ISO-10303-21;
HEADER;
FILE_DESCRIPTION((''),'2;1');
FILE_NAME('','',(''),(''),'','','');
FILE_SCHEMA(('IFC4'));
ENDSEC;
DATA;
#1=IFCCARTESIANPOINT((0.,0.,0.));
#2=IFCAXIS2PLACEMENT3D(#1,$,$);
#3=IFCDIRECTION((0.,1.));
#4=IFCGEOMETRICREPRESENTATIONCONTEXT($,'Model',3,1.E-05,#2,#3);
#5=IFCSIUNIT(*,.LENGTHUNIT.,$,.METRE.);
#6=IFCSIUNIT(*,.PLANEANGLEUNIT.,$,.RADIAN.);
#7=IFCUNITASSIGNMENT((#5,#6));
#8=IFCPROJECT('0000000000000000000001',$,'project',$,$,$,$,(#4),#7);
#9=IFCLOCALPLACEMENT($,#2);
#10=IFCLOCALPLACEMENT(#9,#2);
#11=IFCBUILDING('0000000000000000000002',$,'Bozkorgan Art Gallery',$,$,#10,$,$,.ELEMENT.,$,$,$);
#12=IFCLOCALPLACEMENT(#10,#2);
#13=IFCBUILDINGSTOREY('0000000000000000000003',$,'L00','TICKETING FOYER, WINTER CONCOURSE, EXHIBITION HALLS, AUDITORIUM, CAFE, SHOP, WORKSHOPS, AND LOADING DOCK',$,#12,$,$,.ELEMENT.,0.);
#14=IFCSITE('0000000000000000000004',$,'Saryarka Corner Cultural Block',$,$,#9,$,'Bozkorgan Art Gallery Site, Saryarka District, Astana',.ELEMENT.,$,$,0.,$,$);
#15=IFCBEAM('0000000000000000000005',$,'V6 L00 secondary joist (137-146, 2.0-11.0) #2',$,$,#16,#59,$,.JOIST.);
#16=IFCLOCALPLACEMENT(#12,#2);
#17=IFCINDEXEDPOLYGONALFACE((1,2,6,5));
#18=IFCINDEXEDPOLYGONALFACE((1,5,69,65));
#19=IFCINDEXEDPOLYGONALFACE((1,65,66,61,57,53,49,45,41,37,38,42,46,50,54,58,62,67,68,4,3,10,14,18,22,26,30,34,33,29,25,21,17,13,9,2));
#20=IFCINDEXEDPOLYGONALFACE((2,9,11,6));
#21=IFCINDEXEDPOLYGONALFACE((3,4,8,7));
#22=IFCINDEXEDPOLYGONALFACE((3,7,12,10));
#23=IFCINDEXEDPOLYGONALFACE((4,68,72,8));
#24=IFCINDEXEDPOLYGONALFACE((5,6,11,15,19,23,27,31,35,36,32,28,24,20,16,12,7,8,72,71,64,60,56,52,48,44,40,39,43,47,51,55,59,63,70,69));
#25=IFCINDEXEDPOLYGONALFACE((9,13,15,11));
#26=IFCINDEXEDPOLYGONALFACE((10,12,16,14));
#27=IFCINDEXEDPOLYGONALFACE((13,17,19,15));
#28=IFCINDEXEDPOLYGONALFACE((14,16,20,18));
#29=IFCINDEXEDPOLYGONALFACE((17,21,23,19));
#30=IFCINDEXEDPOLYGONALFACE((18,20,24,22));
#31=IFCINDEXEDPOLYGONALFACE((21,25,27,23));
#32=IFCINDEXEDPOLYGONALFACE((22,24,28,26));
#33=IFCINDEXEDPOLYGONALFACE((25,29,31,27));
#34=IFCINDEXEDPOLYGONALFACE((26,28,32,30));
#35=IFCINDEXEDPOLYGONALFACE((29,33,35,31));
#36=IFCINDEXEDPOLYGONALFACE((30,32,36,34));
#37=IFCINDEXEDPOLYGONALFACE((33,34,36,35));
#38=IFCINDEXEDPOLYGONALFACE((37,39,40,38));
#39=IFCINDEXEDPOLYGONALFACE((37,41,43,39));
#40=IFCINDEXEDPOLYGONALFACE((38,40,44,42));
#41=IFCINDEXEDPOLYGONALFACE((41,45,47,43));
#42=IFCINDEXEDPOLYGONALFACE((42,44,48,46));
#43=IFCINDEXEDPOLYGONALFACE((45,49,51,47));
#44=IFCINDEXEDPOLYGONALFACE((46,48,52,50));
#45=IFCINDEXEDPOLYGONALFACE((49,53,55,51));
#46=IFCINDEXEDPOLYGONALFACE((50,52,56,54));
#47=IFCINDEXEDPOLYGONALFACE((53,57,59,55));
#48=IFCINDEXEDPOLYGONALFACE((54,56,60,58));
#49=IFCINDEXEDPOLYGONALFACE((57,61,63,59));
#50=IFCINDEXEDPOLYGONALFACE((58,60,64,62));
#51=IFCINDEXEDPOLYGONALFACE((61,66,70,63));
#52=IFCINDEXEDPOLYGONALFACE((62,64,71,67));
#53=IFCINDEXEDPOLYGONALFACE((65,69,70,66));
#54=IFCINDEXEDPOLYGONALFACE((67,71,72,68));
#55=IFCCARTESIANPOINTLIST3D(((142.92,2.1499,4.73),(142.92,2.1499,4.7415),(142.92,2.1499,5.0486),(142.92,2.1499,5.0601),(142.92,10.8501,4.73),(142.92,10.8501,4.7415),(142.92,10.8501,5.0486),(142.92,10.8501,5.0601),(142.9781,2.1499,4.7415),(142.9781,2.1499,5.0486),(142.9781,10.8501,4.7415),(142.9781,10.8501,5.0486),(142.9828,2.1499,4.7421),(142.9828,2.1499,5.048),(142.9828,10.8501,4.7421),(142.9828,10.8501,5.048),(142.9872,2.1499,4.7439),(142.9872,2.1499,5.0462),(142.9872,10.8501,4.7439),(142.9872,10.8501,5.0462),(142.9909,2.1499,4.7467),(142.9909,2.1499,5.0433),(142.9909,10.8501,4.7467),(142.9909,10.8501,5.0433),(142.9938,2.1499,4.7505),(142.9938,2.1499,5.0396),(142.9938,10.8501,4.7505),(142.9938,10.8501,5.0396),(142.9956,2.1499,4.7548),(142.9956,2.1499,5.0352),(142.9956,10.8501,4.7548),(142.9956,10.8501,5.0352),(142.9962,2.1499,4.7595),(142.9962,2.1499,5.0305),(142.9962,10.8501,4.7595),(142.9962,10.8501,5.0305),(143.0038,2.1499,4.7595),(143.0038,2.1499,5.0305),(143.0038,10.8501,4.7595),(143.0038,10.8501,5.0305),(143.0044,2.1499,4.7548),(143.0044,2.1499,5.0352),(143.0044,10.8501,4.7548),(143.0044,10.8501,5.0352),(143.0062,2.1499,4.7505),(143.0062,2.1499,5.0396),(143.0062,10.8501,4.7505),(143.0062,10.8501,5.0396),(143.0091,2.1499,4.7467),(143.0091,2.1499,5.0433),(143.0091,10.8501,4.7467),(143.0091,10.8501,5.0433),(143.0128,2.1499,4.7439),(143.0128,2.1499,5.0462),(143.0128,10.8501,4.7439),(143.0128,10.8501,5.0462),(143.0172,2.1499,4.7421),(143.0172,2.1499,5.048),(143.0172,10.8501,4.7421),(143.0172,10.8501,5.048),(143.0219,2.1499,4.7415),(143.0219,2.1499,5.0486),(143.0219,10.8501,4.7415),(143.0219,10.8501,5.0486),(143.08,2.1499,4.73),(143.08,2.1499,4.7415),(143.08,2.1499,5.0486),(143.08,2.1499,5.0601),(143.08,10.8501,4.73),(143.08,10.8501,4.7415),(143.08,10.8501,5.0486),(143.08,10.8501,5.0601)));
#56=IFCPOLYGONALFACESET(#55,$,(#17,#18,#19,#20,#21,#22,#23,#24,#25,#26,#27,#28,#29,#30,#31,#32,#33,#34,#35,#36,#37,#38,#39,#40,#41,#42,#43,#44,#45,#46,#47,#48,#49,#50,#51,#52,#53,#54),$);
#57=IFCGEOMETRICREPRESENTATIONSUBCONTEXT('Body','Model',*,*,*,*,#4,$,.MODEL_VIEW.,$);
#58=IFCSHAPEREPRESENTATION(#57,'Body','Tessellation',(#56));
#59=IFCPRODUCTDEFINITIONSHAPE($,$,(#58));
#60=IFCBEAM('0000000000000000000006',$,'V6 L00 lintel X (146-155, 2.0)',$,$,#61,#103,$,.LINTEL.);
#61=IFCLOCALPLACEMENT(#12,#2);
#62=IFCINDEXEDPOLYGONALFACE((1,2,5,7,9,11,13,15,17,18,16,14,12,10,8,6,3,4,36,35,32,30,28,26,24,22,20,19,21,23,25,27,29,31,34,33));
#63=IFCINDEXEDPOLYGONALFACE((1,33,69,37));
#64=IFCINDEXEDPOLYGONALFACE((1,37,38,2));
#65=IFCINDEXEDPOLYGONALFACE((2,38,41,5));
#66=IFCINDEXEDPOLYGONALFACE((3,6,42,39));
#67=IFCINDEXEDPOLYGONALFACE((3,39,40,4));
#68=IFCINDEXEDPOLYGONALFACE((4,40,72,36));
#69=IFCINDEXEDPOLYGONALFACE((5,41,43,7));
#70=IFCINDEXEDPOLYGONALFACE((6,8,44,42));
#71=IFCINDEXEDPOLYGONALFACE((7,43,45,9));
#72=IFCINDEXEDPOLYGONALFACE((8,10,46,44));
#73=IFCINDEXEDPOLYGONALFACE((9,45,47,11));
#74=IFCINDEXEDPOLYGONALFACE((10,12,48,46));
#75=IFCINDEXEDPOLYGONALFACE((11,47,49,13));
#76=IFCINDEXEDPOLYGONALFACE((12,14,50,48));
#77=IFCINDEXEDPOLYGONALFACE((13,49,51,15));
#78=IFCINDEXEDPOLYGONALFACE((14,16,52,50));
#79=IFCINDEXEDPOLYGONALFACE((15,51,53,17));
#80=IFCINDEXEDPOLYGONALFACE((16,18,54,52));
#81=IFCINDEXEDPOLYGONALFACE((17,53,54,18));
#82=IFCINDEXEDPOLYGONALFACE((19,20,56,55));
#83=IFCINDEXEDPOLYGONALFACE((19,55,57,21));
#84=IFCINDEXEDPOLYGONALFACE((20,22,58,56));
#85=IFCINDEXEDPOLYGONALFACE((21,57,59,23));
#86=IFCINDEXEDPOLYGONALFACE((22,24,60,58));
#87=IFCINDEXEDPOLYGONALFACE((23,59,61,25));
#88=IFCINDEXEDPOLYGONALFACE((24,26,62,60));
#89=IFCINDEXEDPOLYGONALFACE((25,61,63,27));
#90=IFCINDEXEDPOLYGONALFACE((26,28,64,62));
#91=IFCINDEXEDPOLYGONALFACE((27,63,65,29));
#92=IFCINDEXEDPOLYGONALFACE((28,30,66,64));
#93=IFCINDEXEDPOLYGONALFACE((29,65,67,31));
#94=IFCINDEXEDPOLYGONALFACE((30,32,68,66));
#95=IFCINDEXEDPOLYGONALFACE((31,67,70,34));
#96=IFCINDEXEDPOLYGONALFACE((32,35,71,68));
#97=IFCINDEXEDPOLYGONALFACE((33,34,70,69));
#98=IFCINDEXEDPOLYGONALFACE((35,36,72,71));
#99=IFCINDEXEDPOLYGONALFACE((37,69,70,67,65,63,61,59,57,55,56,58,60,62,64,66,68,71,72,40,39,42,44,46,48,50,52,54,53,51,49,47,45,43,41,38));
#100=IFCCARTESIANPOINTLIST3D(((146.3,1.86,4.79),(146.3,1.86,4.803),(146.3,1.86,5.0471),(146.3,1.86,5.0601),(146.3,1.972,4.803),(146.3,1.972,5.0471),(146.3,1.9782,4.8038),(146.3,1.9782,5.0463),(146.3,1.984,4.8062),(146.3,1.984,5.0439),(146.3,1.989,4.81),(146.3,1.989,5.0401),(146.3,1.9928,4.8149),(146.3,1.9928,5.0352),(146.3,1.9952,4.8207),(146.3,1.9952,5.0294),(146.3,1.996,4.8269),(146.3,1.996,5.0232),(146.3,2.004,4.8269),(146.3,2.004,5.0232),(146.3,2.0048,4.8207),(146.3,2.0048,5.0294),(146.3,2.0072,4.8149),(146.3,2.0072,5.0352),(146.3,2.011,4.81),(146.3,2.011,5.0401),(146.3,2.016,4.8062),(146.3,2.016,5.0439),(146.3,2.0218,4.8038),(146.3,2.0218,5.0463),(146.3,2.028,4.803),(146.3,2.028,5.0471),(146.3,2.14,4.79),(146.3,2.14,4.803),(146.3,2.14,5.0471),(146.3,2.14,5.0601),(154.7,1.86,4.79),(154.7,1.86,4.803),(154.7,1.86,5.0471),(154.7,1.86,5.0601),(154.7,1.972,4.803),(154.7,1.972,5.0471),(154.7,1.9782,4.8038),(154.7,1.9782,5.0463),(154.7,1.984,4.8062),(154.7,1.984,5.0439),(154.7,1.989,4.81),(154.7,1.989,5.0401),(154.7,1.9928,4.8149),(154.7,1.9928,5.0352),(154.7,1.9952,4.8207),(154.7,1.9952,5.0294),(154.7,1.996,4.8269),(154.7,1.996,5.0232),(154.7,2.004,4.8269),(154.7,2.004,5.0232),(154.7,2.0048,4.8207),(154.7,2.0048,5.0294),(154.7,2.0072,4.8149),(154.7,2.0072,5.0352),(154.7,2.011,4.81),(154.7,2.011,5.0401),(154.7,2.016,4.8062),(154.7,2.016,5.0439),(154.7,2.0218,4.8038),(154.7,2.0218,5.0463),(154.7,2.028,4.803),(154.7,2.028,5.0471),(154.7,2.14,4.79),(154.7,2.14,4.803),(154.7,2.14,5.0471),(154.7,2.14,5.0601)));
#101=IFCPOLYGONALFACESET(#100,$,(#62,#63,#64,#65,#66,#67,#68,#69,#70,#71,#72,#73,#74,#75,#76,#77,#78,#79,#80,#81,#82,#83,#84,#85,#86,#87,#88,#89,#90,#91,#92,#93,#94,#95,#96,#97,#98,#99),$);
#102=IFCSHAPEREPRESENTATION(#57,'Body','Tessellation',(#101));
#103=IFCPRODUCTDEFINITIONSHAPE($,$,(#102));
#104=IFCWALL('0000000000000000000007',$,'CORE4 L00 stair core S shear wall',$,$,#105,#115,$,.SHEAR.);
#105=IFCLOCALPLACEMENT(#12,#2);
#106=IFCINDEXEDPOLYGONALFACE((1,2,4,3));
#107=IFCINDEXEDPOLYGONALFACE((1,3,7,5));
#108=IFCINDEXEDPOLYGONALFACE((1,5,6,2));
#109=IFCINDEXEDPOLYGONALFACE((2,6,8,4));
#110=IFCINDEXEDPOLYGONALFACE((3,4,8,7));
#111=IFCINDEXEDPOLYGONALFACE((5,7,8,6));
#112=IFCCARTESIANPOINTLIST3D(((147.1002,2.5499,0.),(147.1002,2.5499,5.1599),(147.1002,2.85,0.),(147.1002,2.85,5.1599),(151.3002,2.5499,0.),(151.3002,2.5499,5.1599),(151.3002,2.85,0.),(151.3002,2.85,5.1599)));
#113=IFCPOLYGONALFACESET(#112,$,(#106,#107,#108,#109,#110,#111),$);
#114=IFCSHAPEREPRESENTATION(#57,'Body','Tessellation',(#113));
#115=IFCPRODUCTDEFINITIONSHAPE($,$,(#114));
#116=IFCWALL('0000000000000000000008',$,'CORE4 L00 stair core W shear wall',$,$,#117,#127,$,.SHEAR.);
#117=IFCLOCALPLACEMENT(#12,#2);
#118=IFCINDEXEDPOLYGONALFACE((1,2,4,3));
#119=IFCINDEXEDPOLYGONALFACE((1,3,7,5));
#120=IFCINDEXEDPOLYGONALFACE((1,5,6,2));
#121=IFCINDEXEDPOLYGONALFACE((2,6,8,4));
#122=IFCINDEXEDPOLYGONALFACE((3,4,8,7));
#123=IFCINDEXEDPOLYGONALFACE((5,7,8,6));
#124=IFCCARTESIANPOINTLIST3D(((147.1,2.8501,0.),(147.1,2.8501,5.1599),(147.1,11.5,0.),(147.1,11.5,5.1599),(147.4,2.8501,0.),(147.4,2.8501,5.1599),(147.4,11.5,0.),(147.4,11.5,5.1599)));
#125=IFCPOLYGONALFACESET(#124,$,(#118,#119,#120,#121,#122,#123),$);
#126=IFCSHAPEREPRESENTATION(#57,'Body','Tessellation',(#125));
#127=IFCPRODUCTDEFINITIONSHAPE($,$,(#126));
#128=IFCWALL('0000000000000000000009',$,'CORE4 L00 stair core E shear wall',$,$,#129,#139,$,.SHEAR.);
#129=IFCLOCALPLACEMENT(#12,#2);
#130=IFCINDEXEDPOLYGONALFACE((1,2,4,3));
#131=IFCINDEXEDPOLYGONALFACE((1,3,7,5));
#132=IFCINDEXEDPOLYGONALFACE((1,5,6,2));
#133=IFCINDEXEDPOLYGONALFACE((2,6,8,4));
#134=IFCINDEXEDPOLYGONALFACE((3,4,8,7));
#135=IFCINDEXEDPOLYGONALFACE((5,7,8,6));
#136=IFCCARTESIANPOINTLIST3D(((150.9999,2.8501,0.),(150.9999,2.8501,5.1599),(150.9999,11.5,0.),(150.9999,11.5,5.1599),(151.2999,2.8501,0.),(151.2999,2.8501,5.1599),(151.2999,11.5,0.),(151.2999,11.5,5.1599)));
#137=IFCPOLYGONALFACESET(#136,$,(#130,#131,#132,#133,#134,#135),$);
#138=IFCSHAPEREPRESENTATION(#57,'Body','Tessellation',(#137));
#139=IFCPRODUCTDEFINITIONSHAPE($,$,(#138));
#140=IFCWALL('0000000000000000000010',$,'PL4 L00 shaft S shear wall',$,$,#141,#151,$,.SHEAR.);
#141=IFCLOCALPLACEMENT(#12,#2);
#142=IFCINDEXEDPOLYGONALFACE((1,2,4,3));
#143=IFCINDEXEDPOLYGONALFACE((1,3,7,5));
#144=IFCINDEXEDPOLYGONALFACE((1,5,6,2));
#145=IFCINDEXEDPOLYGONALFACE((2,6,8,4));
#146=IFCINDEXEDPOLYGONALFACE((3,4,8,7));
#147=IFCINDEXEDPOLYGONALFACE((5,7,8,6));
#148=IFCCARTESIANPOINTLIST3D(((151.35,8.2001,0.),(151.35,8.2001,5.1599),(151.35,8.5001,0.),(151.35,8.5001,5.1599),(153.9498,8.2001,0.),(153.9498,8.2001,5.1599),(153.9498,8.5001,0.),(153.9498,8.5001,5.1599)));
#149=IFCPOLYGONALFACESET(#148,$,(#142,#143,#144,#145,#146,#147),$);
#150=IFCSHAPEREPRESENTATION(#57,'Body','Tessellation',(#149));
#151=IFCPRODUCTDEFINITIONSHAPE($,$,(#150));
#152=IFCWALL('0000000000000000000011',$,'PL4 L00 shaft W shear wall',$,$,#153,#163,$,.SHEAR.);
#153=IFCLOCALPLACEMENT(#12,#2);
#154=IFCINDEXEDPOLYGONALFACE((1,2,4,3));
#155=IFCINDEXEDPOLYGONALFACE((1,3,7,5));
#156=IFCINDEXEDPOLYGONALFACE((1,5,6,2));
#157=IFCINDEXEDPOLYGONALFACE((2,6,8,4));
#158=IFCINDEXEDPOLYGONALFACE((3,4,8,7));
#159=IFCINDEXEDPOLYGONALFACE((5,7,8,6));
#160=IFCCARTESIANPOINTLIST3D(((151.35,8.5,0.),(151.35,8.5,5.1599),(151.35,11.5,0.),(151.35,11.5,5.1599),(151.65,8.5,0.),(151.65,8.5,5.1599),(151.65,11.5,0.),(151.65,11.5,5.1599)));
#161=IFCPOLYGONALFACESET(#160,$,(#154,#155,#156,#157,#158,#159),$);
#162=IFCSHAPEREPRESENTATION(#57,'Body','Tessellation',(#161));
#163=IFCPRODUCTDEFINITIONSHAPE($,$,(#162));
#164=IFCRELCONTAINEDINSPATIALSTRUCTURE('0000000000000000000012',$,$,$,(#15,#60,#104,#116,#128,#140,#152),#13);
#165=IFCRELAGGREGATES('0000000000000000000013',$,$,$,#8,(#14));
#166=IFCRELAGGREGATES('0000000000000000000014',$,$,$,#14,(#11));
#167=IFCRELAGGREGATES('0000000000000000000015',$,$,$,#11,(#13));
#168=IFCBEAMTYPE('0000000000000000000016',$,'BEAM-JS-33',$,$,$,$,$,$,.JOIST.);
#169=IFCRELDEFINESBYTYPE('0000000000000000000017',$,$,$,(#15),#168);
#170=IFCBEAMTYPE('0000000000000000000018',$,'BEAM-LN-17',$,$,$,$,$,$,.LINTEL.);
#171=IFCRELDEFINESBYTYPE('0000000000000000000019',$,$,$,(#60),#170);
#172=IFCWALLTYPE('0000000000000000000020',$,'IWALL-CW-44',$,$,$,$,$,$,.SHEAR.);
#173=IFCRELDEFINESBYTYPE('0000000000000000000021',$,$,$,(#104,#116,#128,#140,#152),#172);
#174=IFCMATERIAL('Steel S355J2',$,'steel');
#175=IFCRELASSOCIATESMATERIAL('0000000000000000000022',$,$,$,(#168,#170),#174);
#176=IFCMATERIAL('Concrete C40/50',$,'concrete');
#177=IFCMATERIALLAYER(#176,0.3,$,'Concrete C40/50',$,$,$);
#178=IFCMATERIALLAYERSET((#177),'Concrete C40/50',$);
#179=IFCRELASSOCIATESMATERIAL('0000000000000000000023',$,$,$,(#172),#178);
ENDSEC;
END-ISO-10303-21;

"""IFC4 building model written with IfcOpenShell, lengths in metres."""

from ifc_helpers import new_model, si_unit, direction, frame, frame_2d, origin, origin_2d, place, context, subcontext, project, spatial, rectangle, i_section, extrude, material, layer, layer_set, material_profile, profile_set, type_object, element, save


model = new_model("IFC4")

# Units and contexts
model_context = context("Model", 3, precision=1e-05, world=origin(), true_north=direction((0.0, 1.0)))
body_context = subcontext(model_context, "Body", "Model", "MODEL_VIEW")
ifc_project = project(units=[si_unit("LENGTHUNIT", "METRE"), si_unit("PLANEANGLEUNIT", "RADIAN")], contexts=[model_context])

# Site, building, storey
site_placement = place(None, origin())
site = spatial("IfcSite", under=ifc_project, at=site_placement, Name="Saryarka Corner Cultural Block", LongName="Bozkorgan Art Gallery Site, Saryarka District, Astana", CompositionType="ELEMENT", RefElevation=0.0)
building_placement = place(site_placement, origin())
building = spatial("IfcBuilding", under=site, at=building_placement, Name="Bozkorgan Art Gallery", CompositionType="ELEMENT")
storey_placement = place(building_placement, origin())
storey = spatial("IfcBuildingStorey", under=building, at=storey_placement, Name="L00", Description="TICKETING FOYER, WINTER CONCOURSE, EXHIBITION HALLS, AUDITORIUM, CAFE, SHOP, WORKSHOPS, AND LOADING DOCK", CompositionType="ELEMENT", Elevation=0.0)

# Shared definitions
ifc_material_1 = material(Name="Concrete C40/50", Category="concrete")

# Beams
ifc_material_2 = material(Name="Steel S355J2", Category="steel")
ifc_material_profile_1 = material_profile(ifc_material_2, i_section(OverallWidth=0.1599, OverallDepth=0.3301, WebThickness=0.0076, FlangeThickness=0.0115, FilletRadius=0.0181, at=origin_2d()), Name="IPE 330")
ifc_profile_set_1 = profile_set([ifc_material_profile_1], Name="Steel S355J2")
beam_type_1 = type_object("IfcBeamType", Name="BEAM-JS-33", PredefinedType="JOIST", material=ifc_profile_set_1)
for number, where, z_axis, x_axis, name in (
    (1, (143.0, 2.1499, 4.895), (0.0, 1.0, 0.0), (-1.0, 0.0, 0.0), "V6 L00 secondary joist (137-146, 2.0-11.0) #2"),
):
    element("IfcBeam", number, at=place(storey_placement, frame(where, z_axis=z_axis, x_axis=x_axis)), inside=storey, type_object=beam_type_1, Name=name, PredefinedType="JOIST", context=body_context, shape_type="SweptSolid", body=[
        extrude(i_section(OverallWidth=0.1599, OverallDepth=0.3301, WebThickness=0.0076, FlangeThickness=0.0115, FilletRadius=0.0181, at=origin_2d()), origin(), (0.0, 0.0, 1.0), 8.7002),
    ])
ifc_material_profile_2 = material_profile(ifc_material_2, i_section(OverallWidth=0.28, OverallDepth=0.27, WebThickness=0.0081, FlangeThickness=0.0129, FilletRadius=0.0239, at=origin_2d()), Name="HEA 280")
ifc_profile_set_2 = profile_set([ifc_material_profile_2], Name="Steel S355J2")
beam_type_2 = type_object("IfcBeamType", Name="BEAM-LN-17", PredefinedType="LINTEL", material=ifc_profile_set_2)
beam_1_placement = place(storey_placement, frame((146.3, 2.0, 4.925), z_axis=(1.0, 0.0, 0.0), x_axis=(0.0, 1.0, 0.0)))
element("IfcBeam", 2, at=beam_1_placement, inside=storey, type_object=beam_type_2, Name="V6 L00 lintel X (146-155, 2.0)", PredefinedType="LINTEL", context=body_context, shape_type="SweptSolid", body=[
    extrude(i_section(OverallWidth=0.28, OverallDepth=0.27, WebThickness=0.0081, FlangeThickness=0.0129, FilletRadius=0.0239, at=origin_2d()), origin(), (0.0, 0.0, 1.0), 8.3999),
])

# Walls
ifc_layer_1 = layer(ifc_material_1, 0.3, Name="Concrete C40/50")
ifc_layer_set_1 = layer_set([ifc_layer_1], Name="Concrete C40/50")
wall_type_1 = type_object("IfcWallType", Name="IWALL-CW-44", PredefinedType="SHEAR", material=ifc_layer_set_1)
wall_1_placement = place(storey_placement, frame((147.1001, 2.7, 0.0), z_axis=(0.0, 0.0, 1.0), x_axis=(1.0, 0.0, 0.0)))
element("IfcWall", 3, at=wall_1_placement, inside=storey, type_object=wall_type_1, Name="CORE4 L00 stair core S shear wall", PredefinedType="SHEAR", context=body_context, shape_type="SweptSolid", body=[
    extrude(rectangle(XDim=4.2, YDim=0.3, at=frame_2d((2.1001, 0.0))), origin(), (0.0, 0.0, 1.0), 5.1599),
])
for number, where, z_axis, x_axis, name in (
    (4, (147.25, 2.8501, 0.0), (0.0, 0.0, 1.0), (0.0, 1.0, 0.0), "CORE4 L00 stair core W shear wall"),
    (5, (151.1499, 2.8501, 0.0), (0.0, 0.0, 1.0), (0.0, 1.0, 0.0), "CORE4 L00 stair core E shear wall"),
):
    element("IfcWall", number, at=place(storey_placement, frame(where, z_axis=z_axis, x_axis=x_axis)), inside=storey, type_object=wall_type_1, Name=name, PredefinedType="SHEAR", context=body_context, shape_type="SweptSolid", body=[
        extrude(rectangle(XDim=8.6499, YDim=0.3, at=frame_2d((4.325, 0.0))), origin(), (0.0, 0.0, 1.0), 5.1599),
    ])
wall_2_placement = place(storey_placement, frame((151.3501, 8.3501, 0.0), z_axis=(0.0, 0.0, 1.0), x_axis=(1.0, 0.0, 0.0)))
element("IfcWall", 6, at=wall_2_placement, inside=storey, type_object=wall_type_1, Name="PL4 L00 shaft S shear wall", PredefinedType="SHEAR", context=body_context, shape_type="SweptSolid", body=[
    extrude(rectangle(XDim=2.5999, YDim=0.3, at=frame_2d((1.2998, 0.0))), origin(), (0.0, 0.0, 1.0), 5.1599),
])
wall_3_placement = place(storey_placement, frame((151.5, 8.5, 0.0), z_axis=(0.0, 0.0, 1.0), x_axis=(0.0, 1.0, 0.0)))
element("IfcWall", 7, at=wall_3_placement, inside=storey, type_object=wall_type_1, Name="PL4 L00 shaft W shear wall", PredefinedType="SHEAR", context=body_context, shape_type="SweptSolid", body=[
    extrude(rectangle(XDim=3.0, YDim=0.3, at=frame_2d((1.5, 0.0))), origin(), (0.0, 0.0, 1.0), 5.1599),
])

save(model, "model.ifc")
